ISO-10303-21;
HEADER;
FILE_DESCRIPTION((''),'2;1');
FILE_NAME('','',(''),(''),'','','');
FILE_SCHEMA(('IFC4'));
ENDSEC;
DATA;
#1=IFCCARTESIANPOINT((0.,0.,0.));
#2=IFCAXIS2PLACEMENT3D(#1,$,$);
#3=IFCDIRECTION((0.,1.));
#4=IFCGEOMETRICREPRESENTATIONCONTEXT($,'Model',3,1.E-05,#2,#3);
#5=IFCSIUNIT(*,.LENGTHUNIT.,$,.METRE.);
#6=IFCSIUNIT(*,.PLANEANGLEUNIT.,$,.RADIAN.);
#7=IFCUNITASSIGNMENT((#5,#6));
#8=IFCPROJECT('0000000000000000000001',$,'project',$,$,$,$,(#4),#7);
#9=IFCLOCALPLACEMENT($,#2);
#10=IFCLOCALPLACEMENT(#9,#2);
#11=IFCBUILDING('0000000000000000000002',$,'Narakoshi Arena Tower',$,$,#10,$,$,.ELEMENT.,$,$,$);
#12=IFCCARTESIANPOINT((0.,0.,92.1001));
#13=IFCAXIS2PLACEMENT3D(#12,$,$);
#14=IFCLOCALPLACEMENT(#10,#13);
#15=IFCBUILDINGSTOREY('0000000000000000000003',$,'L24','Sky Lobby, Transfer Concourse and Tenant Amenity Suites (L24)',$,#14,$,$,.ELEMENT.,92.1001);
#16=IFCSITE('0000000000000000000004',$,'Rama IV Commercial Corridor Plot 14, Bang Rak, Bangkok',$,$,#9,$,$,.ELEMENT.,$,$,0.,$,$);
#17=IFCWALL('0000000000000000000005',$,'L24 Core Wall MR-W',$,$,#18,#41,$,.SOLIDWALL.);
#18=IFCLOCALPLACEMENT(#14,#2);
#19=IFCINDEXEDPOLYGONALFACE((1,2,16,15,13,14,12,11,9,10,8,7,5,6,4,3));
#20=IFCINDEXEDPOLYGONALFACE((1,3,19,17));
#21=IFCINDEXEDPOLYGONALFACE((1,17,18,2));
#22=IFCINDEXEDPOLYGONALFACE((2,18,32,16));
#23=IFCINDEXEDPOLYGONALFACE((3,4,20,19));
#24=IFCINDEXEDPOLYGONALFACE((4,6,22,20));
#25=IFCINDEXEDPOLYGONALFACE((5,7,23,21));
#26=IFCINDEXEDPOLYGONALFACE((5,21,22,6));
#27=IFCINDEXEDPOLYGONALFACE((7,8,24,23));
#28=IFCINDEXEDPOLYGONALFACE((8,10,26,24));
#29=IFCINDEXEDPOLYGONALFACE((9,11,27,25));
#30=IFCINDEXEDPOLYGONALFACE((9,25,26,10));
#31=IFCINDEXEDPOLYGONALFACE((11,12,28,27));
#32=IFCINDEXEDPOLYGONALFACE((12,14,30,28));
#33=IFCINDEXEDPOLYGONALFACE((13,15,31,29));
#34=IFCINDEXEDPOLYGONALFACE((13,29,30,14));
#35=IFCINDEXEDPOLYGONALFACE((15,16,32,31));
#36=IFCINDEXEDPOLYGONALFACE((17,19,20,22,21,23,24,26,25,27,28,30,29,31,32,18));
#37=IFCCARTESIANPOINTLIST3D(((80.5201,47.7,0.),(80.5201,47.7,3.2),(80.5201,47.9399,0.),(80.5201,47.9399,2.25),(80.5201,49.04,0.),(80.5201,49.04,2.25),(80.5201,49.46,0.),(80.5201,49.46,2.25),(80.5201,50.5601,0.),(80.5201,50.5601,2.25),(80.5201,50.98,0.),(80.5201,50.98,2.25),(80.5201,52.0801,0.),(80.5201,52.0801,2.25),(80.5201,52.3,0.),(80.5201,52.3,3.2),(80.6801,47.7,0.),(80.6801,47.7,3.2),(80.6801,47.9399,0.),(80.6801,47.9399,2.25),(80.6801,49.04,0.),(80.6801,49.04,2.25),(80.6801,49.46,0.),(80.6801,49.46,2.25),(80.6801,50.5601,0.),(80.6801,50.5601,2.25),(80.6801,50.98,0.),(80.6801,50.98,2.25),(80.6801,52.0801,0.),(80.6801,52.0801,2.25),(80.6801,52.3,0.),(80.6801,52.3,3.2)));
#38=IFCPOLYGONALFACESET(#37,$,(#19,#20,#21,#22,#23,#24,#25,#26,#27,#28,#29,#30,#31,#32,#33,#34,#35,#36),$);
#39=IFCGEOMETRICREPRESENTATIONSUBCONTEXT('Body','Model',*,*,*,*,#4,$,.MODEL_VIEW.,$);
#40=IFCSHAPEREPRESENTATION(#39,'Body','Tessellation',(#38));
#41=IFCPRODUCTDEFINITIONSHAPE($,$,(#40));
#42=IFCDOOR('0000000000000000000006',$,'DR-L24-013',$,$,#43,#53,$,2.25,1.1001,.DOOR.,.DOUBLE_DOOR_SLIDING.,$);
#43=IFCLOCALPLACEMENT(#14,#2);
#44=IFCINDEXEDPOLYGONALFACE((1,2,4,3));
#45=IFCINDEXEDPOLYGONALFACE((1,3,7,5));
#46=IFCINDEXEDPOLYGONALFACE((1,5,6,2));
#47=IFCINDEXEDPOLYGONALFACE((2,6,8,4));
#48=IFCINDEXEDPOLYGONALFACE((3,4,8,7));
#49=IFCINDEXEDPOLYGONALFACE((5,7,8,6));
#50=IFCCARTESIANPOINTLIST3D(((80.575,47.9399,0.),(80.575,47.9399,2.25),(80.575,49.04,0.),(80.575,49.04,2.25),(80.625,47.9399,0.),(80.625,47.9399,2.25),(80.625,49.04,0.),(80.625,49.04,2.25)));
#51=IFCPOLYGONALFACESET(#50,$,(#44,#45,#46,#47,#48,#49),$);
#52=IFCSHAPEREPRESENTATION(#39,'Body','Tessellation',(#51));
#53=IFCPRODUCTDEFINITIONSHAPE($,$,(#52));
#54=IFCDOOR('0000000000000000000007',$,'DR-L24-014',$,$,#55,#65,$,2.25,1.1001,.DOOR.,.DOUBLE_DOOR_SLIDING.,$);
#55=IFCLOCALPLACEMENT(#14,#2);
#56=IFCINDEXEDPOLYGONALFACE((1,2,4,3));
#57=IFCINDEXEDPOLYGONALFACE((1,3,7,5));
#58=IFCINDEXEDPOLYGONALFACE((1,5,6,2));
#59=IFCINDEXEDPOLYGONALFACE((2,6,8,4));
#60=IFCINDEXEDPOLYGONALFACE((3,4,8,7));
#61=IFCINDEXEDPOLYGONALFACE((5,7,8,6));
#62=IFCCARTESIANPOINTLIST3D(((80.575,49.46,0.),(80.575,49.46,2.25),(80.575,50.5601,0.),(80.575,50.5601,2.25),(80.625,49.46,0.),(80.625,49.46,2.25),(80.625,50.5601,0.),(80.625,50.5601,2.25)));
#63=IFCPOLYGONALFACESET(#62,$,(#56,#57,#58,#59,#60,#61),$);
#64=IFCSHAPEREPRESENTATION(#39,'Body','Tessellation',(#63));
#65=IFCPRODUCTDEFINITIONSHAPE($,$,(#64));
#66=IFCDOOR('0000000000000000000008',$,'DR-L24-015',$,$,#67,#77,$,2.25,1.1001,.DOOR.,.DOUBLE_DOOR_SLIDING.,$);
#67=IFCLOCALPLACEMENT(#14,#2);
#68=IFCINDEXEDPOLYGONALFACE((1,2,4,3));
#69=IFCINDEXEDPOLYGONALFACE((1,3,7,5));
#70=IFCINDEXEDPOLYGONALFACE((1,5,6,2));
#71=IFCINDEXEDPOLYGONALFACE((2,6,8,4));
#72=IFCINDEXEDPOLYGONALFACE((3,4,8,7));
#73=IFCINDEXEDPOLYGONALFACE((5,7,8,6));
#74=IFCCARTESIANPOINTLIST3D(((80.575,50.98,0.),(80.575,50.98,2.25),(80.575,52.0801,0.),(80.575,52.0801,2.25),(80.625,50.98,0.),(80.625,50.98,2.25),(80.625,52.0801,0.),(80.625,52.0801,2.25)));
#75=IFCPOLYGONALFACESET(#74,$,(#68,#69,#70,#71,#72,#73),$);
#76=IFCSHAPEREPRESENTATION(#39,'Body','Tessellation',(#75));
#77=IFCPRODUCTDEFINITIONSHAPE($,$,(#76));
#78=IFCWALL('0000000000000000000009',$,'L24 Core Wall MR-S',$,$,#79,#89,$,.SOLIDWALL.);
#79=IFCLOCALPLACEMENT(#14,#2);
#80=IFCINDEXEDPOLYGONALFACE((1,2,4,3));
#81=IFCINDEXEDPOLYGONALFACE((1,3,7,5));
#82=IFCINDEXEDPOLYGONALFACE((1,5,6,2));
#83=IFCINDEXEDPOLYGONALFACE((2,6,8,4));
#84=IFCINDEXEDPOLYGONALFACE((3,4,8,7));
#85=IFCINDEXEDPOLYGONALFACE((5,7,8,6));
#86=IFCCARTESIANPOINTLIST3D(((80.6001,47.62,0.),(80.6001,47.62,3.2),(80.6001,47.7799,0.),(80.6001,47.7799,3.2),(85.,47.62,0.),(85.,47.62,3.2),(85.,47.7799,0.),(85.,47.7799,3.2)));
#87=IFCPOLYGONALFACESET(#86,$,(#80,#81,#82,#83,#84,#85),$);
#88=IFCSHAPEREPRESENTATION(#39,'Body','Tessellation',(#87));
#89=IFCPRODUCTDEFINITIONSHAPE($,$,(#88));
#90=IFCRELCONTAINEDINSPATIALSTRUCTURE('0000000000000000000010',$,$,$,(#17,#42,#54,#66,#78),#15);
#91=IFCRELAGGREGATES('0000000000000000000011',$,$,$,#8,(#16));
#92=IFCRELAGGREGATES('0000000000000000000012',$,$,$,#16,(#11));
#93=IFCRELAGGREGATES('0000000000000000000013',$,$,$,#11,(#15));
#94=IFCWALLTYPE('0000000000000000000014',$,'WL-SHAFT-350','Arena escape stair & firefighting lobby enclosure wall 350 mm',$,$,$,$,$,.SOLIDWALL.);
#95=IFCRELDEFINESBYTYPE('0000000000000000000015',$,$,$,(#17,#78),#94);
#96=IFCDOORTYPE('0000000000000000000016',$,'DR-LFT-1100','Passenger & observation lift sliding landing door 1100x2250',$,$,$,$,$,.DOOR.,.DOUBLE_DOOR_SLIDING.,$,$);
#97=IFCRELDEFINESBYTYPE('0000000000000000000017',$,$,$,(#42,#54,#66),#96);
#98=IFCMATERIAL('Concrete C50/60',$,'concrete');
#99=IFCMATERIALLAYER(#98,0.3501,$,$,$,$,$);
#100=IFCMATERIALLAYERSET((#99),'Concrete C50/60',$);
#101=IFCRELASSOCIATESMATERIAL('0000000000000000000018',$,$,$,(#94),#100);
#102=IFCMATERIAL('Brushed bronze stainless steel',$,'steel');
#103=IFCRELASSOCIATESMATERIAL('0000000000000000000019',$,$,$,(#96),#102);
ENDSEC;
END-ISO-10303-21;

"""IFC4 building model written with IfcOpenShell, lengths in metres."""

from ifc_helpers import new_model, si_unit, direction, frame, frame_2d, origin, place, context, subcontext, project, spatial, rectangle, extrude, material, layer, layer_set, type_object, element, fill, save


model = new_model("IFC4")

# Units and contexts
model_context = context("Model", 3, precision=1e-05, world=origin(), true_north=direction((0.0, 1.0)))
body_context = subcontext(model_context, "Body", "Model", "MODEL_VIEW")
ifc_project = project(units=[si_unit("LENGTHUNIT", "METRE"), si_unit("PLANEANGLEUNIT", "RADIAN")], contexts=[model_context])

# Site, building, storey
site_placement = place(None, origin())
site = spatial("IfcSite", under=ifc_project, at=site_placement, Name="Rama IV Commercial Corridor Plot 14, Bang Rak, Bangkok", CompositionType="ELEMENT", RefElevation=0.0)
building_placement = place(site_placement, origin())
building = spatial("IfcBuilding", under=site, at=building_placement, Name="Narakoshi Arena Tower", CompositionType="ELEMENT")
storey_placement = place(building_placement, frame((0.0, 0.0, 92.1001)))
storey = spatial("IfcBuildingStorey", under=building, at=storey_placement, Name="L24", Description="Sky Lobby, Transfer Concourse and Tenant Amenity Suites (L24)", CompositionType="ELEMENT", Elevation=92.1001)

# Shared definitions
ifc_material_1 = material(Name="Concrete C50/60", Category="concrete")
ifc_layer_1 = layer(ifc_material_1, 0.3501)
ifc_layer_set_1 = layer_set([ifc_layer_1], Name="Concrete C50/60")
wall_type_1 = type_object("IfcWallType", Name="WL-SHAFT-350", Description="Arena escape stair & firefighting lobby enclosure wall 350 mm", PredefinedType="SOLIDWALL", material=ifc_layer_set_1)
ifc_material_2 = material(Name="Brushed bronze stainless steel", Category="steel")

# Wall, openings, doors
wall_1_placement = place(storey_placement, frame((80.6001, 47.7, 0.0), z_axis=(0.0, 0.0, 1.0), x_axis=(0.0, 1.0, 0.0)))
wall_1 = element("IfcWall", 1, at=wall_1_placement, inside=storey, type_object=wall_type_1, Name="L24 Core Wall MR-W", PredefinedType="SOLIDWALL", context=body_context, shape_type="SweptSolid", body=[
    extrude(rectangle(XDim=4.6001, YDim=0.1599, at=frame_2d((2.3, 0.0))), origin(), (0.0, 0.0, 1.0), 3.2),
])
opening_1_placement = place(wall_1_placement, frame((0.24, 0.0, 0.0)))
opening_1 = element("IfcOpeningElement", 2, at=opening_1_placement, cuts=wall_1, PredefinedType="OPENING", context=body_context, shape_type="SweptSolid", body=[
    extrude(rectangle(XDim=1.1001, YDim=2.25, at=frame_2d((0.55, 1.125))), frame((0.0, 0.0898, 0.0), z_axis=(0.0, -1.0, 0.0), x_axis=(1.0, 0.0, 0.0)), (0.0, 0.0, 1.0), 0.1799),
])
opening_2_placement = place(wall_1_placement, frame((1.76, 0.0, 0.0)))
opening_2 = element("IfcOpeningElement", 3, at=opening_2_placement, cuts=wall_1, PredefinedType="OPENING", context=body_context, shape_type="SweptSolid", body=[
    extrude(rectangle(XDim=1.1001, YDim=2.25, at=frame_2d((0.55, 1.125))), frame((0.0, 0.0898, 0.0), z_axis=(0.0, -1.0, 0.0), x_axis=(1.0, 0.0, 0.0)), (0.0, 0.0, 1.0), 0.1799),
])
opening_3_placement = place(wall_1_placement, frame((3.28, 0.0, 0.0)))
opening_3 = element("IfcOpeningElement", 4, at=opening_3_placement, cuts=wall_1, PredefinedType="OPENING", context=body_context, shape_type="SweptSolid", body=[
    extrude(rectangle(XDim=1.1001, YDim=2.25, at=frame_2d((0.55, 1.125))), frame((0.0, 0.0898, 0.0), z_axis=(0.0, -1.0, 0.0), x_axis=(1.0, 0.0, 0.0)), (0.0, 0.0, 1.0), 0.1799),
])
door_type_1 = type_object("IfcDoorType", Name="DR-LFT-1100", Description="Passenger & observation lift sliding landing door 1100x2250", OperationType="DOUBLE_DOOR_SLIDING", PredefinedType="DOOR", material=ifc_material_2)
door_1_placement = place(opening_1_placement, frame((1.1001, 0.0, 0.0), z_axis=(0.0, 0.0, 1.0), x_axis=(-1.0, 0.0, 0.0)))
door_1 = element("IfcDoor", 5, at=door_1_placement, inside=storey, type_object=door_type_1, Name="DR-L24-013", OperationType="DOUBLE_DOOR_SLIDING", OverallHeight=2.25, OverallWidth=1.1001, PredefinedType="DOOR", context=body_context, shape_type="SweptSolid", body=[
    extrude(rectangle(XDim=1.1001, YDim=2.25, at=frame_2d((0.55, 1.125))), frame((0.0, 0.0249, 0.0), z_axis=(0.0, -1.0, 0.0), x_axis=(1.0, 0.0, 0.0)), (0.0, 0.0, 1.0), 0.05),
])
fill(opening_1, door_1)
door_2_placement = place(opening_2_placement, frame((1.1001, 0.0, 0.0), z_axis=(0.0, 0.0, 1.0), x_axis=(-1.0, 0.0, 0.0)))
door_2 = element("IfcDoor", 6, at=door_2_placement, inside=storey, type_object=door_type_1, Name="DR-L24-014", OperationType="DOUBLE_DOOR_SLIDING", OverallHeight=2.25, OverallWidth=1.1001, PredefinedType="DOOR", context=body_context, shape_type="SweptSolid", body=[
    extrude(rectangle(XDim=1.1001, YDim=2.25, at=frame_2d((0.55, 1.125))), frame((0.0, 0.0249, 0.0), z_axis=(0.0, -1.0, 0.0), x_axis=(1.0, 0.0, 0.0)), (0.0, 0.0, 1.0), 0.05),
])
fill(opening_2, door_2)
door_3_placement = place(opening_3_placement, frame((1.1001, 0.0, 0.0), z_axis=(0.0, 0.0, 1.0), x_axis=(-1.0, 0.0, 0.0)))
door_3 = element("IfcDoor", 7, at=door_3_placement, inside=storey, type_object=door_type_1, Name="DR-L24-015", OperationType="DOUBLE_DOOR_SLIDING", OverallHeight=2.25, OverallWidth=1.1001, PredefinedType="DOOR", context=body_context, shape_type="SweptSolid", body=[
    extrude(rectangle(XDim=1.1001, YDim=2.25, at=frame_2d((0.55, 1.125))), frame((0.0, 0.0249, 0.0), z_axis=(0.0, -1.0, 0.0), x_axis=(1.0, 0.0, 0.0)), (0.0, 0.0, 1.0), 0.05),
])
fill(opening_3, door_3)

# Wall
wall_2_placement = place(storey_placement, frame((80.6001, 47.7, 0.0), z_axis=(0.0, 0.0, 1.0), x_axis=(1.0, 0.0, 0.0)))
element("IfcWall", 8, at=wall_2_placement, inside=storey, type_object=wall_type_1, Name="L24 Core Wall MR-S", PredefinedType="SOLIDWALL", context=body_context, shape_type="SweptSolid", body=[
    extrude(rectangle(XDim=4.3999, YDim=0.1599, at=frame_2d((2.2, 0.0))), origin(), (0.0, 0.0, 1.0), 3.2),
])

save(model, "model.ifc")
